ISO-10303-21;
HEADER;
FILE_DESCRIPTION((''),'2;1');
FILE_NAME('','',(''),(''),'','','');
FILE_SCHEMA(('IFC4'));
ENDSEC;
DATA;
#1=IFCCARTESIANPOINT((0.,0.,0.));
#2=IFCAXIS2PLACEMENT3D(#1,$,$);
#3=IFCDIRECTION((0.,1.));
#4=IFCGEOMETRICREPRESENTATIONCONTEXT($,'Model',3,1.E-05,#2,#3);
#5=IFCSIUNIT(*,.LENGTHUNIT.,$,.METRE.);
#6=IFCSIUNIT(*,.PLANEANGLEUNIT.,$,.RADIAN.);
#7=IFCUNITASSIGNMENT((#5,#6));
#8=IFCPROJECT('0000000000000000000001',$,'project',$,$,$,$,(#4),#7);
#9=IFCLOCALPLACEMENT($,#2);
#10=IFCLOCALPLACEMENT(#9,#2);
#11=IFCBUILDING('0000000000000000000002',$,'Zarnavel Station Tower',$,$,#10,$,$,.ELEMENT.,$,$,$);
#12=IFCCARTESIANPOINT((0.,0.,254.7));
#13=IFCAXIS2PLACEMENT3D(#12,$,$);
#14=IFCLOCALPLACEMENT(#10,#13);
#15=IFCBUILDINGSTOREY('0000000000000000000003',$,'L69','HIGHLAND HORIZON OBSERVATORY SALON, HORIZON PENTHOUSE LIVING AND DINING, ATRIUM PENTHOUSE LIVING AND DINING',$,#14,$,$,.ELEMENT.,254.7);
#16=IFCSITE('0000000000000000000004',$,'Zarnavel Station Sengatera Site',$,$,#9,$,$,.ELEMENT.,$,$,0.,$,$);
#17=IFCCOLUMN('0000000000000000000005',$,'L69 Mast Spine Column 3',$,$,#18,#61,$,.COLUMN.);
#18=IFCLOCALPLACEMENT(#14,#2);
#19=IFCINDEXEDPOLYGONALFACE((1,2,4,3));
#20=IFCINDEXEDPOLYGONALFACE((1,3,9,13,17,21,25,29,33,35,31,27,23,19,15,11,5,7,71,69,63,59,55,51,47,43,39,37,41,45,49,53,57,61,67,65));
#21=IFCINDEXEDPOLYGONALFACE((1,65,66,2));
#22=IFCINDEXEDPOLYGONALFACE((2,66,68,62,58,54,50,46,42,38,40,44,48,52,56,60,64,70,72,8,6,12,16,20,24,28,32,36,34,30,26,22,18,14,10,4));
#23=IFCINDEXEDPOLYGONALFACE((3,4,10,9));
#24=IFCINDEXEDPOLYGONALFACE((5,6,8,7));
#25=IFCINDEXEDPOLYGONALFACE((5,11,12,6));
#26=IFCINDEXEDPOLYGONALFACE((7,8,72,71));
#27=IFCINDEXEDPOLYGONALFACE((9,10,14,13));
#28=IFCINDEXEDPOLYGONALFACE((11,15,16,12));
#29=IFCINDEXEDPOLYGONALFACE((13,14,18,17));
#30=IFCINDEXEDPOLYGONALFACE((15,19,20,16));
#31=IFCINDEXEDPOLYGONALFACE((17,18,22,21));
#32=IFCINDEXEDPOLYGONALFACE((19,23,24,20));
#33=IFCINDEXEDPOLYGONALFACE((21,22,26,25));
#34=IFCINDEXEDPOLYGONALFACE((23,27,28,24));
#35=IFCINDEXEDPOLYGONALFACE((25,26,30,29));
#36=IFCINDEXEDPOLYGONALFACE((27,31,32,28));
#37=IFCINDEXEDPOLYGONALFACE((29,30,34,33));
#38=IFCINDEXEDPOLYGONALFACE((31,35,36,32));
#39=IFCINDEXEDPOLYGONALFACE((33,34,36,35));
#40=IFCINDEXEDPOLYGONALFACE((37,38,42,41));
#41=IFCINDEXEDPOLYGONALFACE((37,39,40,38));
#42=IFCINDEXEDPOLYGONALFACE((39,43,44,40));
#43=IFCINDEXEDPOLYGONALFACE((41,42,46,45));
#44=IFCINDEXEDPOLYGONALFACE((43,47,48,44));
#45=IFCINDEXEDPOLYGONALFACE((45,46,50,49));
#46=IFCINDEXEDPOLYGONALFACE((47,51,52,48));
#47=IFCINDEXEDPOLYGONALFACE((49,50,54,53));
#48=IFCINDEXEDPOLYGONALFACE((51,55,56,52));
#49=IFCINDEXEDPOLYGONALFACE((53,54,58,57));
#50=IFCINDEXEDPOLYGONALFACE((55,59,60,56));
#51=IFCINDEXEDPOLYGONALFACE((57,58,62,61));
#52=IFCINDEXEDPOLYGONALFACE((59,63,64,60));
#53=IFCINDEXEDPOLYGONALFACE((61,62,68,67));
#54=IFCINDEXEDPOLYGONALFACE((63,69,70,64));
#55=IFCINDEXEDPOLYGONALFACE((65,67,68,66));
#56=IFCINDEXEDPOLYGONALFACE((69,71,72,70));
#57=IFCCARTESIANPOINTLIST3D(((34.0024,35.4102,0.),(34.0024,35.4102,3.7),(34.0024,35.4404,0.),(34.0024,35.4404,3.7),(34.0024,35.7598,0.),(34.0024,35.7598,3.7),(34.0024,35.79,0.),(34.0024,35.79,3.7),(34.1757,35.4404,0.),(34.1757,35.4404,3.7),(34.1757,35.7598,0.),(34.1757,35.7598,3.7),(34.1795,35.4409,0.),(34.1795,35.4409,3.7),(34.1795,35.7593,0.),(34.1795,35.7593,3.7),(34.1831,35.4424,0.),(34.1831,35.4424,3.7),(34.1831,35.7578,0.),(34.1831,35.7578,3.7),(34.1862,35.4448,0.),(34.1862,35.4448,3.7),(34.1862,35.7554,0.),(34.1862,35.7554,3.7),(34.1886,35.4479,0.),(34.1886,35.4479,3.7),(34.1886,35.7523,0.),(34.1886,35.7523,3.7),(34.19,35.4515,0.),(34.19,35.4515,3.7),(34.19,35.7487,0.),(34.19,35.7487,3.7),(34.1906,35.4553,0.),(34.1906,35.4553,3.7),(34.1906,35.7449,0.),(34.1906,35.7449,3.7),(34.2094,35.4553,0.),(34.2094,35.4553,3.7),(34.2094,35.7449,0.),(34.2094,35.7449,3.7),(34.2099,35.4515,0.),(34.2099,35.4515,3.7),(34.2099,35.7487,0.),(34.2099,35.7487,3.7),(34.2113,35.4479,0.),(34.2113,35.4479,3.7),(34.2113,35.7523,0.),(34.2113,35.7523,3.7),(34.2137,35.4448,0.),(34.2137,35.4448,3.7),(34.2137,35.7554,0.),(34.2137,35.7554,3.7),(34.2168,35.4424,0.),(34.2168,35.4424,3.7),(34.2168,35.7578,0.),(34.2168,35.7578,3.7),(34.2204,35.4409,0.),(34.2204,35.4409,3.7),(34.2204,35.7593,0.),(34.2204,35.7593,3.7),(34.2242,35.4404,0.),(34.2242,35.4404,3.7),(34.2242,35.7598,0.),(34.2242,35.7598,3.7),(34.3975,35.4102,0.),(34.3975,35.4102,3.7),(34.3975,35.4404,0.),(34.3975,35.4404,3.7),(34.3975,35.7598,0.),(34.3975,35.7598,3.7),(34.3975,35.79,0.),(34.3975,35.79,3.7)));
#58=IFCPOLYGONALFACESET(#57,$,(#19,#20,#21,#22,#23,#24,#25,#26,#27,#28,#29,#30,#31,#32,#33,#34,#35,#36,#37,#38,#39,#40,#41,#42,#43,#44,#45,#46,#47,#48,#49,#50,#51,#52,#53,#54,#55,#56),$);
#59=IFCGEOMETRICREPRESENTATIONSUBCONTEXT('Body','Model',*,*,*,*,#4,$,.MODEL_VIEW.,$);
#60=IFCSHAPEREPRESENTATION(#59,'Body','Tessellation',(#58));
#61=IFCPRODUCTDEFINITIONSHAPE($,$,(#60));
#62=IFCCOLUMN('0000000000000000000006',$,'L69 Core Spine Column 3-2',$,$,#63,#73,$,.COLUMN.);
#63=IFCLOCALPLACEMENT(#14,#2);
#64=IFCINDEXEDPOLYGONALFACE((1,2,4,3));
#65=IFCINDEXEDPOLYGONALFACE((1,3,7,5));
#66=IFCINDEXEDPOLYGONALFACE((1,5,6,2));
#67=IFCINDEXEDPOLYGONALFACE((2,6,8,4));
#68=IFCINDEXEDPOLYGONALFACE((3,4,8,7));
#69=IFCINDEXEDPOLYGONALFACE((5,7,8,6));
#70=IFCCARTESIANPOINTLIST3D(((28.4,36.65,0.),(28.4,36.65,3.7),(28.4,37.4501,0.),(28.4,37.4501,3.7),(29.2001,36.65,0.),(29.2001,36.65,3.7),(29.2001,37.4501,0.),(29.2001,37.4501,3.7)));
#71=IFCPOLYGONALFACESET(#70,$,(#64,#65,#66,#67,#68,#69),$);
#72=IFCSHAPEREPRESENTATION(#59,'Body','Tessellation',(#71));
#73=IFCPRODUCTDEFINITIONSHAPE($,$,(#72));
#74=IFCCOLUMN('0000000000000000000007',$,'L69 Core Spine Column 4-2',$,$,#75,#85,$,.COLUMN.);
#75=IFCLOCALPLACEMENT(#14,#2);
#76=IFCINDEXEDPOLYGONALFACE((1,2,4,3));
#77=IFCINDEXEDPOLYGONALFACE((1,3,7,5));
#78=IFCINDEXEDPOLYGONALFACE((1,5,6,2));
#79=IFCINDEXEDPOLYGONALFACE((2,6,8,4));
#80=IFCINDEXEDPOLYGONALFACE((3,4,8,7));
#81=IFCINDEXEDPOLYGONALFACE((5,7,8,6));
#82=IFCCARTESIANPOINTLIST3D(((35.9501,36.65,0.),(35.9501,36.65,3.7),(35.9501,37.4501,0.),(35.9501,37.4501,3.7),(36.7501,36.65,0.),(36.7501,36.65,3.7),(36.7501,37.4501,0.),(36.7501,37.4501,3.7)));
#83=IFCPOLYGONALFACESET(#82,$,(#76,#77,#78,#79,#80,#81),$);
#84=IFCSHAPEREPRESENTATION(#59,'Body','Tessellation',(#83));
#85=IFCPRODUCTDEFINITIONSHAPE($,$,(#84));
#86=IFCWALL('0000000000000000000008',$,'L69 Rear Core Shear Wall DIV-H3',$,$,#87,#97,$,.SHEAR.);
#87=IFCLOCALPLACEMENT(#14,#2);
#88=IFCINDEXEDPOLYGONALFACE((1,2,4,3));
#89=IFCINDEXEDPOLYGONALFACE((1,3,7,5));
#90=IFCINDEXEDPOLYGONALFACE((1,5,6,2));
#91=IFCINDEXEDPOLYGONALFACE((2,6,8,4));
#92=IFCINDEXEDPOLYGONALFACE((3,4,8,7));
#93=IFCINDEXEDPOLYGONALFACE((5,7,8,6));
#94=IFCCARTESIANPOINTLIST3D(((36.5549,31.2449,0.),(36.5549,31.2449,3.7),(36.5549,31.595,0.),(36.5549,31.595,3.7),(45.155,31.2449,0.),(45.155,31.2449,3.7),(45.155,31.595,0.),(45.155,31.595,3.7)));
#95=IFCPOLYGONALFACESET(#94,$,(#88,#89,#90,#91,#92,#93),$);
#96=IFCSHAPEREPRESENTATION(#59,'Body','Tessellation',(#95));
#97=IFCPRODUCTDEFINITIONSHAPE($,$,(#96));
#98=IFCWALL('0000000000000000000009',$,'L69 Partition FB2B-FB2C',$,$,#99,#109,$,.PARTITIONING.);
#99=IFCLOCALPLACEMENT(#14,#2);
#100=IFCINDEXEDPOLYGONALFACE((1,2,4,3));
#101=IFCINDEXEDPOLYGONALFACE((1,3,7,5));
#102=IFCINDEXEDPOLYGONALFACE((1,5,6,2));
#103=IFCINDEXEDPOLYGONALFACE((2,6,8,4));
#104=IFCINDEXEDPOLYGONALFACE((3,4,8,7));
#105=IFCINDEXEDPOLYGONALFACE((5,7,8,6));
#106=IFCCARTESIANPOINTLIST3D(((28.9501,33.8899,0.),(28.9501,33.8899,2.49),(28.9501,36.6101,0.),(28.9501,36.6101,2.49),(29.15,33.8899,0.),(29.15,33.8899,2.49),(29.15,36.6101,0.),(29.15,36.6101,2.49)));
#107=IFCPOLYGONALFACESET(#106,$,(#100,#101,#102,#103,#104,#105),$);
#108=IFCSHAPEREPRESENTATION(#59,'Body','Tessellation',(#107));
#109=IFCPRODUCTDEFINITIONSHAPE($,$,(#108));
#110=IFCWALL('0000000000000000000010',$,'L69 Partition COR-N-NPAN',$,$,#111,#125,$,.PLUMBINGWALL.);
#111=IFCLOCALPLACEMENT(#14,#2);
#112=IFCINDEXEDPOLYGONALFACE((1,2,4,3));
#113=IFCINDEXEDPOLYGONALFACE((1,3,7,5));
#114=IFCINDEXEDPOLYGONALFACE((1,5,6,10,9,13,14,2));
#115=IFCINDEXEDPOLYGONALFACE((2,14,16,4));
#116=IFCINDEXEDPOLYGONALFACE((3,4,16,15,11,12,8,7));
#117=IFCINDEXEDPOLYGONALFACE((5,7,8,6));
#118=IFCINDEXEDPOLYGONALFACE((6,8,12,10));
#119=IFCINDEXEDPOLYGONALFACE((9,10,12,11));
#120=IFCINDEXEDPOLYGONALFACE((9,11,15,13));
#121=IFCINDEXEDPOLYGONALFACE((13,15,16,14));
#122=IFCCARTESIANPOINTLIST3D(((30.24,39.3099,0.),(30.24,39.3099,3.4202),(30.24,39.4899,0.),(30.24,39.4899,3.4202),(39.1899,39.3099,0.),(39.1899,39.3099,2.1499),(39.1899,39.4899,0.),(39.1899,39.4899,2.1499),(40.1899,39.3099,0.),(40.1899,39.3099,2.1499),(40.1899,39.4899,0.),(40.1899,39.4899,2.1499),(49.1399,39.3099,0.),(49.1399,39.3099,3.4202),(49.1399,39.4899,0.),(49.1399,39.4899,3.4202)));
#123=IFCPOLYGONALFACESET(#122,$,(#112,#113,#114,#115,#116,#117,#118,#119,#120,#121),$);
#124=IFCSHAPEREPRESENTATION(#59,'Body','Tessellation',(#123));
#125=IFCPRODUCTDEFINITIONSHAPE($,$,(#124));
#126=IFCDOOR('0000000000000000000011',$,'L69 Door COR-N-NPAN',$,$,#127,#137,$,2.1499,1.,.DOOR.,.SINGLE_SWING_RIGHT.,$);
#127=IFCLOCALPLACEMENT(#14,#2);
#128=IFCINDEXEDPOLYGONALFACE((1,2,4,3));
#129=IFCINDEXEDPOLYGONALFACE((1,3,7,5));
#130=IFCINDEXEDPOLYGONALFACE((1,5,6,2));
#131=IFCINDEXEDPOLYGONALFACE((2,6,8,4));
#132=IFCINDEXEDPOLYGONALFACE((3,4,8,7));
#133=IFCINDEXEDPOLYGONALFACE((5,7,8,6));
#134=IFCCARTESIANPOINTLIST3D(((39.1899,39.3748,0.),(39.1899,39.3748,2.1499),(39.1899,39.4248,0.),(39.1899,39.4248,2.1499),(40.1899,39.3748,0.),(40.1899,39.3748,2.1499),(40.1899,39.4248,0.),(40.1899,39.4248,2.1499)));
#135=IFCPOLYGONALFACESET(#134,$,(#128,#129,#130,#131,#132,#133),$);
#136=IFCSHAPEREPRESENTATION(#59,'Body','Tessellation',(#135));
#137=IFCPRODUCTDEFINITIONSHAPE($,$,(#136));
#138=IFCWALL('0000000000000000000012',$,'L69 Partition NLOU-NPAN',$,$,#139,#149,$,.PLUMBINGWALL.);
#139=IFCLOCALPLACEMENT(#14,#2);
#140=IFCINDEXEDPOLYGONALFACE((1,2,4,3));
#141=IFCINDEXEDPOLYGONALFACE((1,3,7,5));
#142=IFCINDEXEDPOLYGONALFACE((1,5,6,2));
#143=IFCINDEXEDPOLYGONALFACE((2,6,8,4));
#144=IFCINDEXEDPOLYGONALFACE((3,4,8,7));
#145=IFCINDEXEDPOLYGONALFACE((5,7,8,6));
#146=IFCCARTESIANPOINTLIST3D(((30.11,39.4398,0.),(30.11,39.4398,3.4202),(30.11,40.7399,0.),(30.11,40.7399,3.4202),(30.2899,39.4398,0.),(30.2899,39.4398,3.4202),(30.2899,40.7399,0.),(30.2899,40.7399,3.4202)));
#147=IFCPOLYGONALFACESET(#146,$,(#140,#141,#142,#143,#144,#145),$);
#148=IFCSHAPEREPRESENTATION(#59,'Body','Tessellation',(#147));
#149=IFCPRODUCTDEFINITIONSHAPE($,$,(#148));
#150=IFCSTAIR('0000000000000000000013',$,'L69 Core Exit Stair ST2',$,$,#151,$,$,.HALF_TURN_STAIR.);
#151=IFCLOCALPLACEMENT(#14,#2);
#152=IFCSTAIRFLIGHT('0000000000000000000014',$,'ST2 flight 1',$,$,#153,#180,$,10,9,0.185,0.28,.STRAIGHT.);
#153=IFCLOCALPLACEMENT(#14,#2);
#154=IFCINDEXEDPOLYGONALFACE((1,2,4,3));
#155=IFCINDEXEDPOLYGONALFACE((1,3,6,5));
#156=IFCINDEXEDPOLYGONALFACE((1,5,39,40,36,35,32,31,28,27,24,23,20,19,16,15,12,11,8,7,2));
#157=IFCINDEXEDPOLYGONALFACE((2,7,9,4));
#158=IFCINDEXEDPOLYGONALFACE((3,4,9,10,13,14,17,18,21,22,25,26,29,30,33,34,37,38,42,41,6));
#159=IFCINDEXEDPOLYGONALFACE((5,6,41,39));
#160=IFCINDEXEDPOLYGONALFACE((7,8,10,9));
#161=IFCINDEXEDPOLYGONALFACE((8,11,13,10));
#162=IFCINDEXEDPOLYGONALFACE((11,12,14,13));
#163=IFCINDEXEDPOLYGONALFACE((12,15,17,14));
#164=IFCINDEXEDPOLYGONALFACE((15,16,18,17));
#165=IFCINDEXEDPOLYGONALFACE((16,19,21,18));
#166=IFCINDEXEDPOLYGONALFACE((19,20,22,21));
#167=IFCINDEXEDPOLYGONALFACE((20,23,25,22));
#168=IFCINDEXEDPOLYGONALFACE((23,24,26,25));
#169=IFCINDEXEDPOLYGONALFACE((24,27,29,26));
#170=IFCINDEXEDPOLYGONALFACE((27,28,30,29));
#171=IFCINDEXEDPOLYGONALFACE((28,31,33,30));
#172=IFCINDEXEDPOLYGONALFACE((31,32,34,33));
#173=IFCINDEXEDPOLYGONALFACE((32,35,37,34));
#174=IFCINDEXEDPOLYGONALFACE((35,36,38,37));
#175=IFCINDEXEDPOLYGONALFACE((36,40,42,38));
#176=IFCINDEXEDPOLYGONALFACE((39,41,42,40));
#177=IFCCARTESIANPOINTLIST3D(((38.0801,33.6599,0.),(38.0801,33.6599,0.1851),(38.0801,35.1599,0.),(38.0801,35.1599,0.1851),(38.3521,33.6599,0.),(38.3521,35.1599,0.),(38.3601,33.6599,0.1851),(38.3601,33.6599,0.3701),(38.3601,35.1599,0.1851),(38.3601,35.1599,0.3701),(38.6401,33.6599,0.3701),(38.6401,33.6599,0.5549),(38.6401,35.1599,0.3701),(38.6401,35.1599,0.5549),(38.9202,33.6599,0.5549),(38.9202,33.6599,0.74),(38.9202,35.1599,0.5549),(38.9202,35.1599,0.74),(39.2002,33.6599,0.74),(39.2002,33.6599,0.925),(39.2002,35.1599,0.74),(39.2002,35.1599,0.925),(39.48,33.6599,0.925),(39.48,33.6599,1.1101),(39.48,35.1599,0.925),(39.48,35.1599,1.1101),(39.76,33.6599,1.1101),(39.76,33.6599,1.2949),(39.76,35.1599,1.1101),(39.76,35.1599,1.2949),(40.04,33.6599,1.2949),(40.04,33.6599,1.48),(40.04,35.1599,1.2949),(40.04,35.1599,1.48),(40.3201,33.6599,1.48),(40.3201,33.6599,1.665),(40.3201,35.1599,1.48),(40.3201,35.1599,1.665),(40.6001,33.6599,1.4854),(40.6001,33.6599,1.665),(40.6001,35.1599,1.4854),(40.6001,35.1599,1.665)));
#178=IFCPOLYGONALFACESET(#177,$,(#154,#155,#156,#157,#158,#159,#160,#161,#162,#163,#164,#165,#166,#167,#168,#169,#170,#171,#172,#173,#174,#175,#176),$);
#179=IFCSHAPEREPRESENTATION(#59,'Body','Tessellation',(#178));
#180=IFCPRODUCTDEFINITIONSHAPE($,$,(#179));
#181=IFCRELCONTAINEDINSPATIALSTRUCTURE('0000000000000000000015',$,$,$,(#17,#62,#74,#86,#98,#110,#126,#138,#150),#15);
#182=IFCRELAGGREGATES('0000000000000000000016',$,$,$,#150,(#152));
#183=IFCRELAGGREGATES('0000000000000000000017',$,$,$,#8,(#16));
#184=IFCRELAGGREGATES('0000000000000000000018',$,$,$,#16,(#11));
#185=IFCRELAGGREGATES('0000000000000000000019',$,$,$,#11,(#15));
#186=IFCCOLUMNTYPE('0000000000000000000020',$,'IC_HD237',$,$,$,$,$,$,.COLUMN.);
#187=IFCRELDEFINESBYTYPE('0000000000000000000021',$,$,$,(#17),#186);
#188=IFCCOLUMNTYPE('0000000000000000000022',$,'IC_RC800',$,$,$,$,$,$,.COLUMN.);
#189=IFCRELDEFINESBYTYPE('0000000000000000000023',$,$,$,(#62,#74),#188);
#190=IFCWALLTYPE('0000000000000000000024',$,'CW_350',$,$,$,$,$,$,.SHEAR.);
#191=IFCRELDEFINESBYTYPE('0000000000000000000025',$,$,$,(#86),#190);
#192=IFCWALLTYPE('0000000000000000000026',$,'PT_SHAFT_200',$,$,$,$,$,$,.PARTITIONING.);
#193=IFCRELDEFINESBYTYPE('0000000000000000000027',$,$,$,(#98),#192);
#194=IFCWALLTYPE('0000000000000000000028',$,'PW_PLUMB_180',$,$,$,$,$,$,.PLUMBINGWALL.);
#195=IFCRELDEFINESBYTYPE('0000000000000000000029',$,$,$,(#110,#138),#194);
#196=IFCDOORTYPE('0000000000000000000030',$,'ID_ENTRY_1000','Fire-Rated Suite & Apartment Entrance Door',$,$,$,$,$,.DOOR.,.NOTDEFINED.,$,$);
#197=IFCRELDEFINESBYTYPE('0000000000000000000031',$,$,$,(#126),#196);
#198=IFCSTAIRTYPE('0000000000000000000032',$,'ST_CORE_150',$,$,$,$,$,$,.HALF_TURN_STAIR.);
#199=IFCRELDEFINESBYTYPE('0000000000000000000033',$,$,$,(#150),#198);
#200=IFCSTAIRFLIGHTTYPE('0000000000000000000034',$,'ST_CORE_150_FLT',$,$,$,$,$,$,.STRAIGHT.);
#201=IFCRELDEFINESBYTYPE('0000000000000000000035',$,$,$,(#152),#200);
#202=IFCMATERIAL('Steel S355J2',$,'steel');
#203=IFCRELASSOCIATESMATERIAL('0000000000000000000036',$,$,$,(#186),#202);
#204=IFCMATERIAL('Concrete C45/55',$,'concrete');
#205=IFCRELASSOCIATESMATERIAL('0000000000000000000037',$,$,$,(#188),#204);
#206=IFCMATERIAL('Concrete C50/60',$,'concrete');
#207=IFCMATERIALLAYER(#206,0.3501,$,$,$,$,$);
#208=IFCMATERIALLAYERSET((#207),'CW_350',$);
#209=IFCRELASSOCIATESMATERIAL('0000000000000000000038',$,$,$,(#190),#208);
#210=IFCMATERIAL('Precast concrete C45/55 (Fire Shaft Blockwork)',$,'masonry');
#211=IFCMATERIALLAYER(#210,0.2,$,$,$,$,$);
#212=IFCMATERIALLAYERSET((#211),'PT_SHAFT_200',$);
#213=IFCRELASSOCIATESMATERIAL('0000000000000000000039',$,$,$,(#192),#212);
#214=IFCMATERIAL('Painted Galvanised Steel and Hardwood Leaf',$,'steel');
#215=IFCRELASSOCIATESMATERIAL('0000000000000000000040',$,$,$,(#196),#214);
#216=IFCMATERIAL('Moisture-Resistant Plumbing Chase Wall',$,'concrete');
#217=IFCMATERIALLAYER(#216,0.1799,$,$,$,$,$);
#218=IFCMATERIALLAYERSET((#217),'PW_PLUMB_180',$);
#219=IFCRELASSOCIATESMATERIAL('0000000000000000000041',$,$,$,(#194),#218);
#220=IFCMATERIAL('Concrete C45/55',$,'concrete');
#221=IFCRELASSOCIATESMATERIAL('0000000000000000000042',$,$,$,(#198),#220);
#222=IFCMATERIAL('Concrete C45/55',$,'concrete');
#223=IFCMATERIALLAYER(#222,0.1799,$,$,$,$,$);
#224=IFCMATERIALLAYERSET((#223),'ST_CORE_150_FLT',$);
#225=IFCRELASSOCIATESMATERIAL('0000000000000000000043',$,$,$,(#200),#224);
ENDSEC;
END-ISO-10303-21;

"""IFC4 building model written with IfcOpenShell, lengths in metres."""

from ifc_helpers import new_model, si_unit, direction, frame, frame_2d, origin, origin_2d, place, context, subcontext, project, spatial, polyline, rectangle, i_section, outline, extrude, material, layer, layer_set, material_profile, profile_set, type_object, element, fill, aggregate, save


model = new_model("IFC4")

# Units and contexts
model_context = context("Model", 3, precision=1e-05, world=origin(), true_north=direction((0.0, 1.0)))
body_context = subcontext(model_context, "Body", "Model", "MODEL_VIEW")
ifc_project = project(units=[si_unit("LENGTHUNIT", "METRE"), si_unit("PLANEANGLEUNIT", "RADIAN")], contexts=[model_context])

# Site, building, storey
site_placement = place(None, origin())
site = spatial("IfcSite", under=ifc_project, at=site_placement, Name="Zarnavel Station Sengatera Site", CompositionType="ELEMENT", RefElevation=0.0)
building_placement = place(site_placement, origin())
building = spatial("IfcBuilding", under=site, at=building_placement, Name="Zarnavel Station Tower", CompositionType="ELEMENT")
storey_placement = place(building_placement, frame((0.0, 0.0, 254.7)))
storey = spatial("IfcBuildingStorey", under=building, at=storey_placement, Name="L69", Description="HIGHLAND HORIZON OBSERVATORY SALON, HORIZON PENTHOUSE LIVING AND DINING, ATRIUM PENTHOUSE LIVING AND DINING", CompositionType="ELEMENT", Elevation=254.7)

# Columns
ifc_material_1 = material(Name="Steel S355J2", Category="steel")
ifc_material_profile_1 = material_profile(ifc_material_1, i_section(OverallWidth=0.395, OverallDepth=0.3799, WebThickness=0.0188, FlangeThickness=0.0303, FilletRadius=0.0149, at=origin_2d()), Name="HD400x237")
ifc_profile_set_1 = profile_set([ifc_material_profile_1], Name="Steel S355J2")
column_type_1 = type_object("IfcColumnType", Name="IC_HD237", PredefinedType="COLUMN", material=ifc_profile_set_1)
column_placement = place(storey_placement, frame((34.2, 35.6001, 0.0), z_axis=(0.0, 0.0, 1.0), x_axis=(1.0, 0.0, 0.0)))
element("IfcColumn", 1, at=column_placement, inside=storey, type_object=column_type_1, Name="L69 Mast Spine Column 3", PredefinedType="COLUMN", context=body_context, shape_type="SweptSolid", body=[
    extrude(i_section(OverallWidth=0.395, OverallDepth=0.3799, WebThickness=0.0188, FlangeThickness=0.0303, FilletRadius=0.0149, at=origin_2d()), origin(), (0.0, 0.0, 1.0), 3.7),
])
ifc_material_2 = material(Name="Concrete C45/55", Category="concrete")
ifc_material_profile_2 = material_profile(ifc_material_2, rectangle(XDim=0.8, YDim=0.8, at=origin_2d()), Name="RC800x800")
ifc_profile_set_2 = profile_set([ifc_material_profile_2], Name="Concrete C45/55")
column_type_2 = type_object("IfcColumnType", Name="IC_RC800", PredefinedType="COLUMN", material=ifc_profile_set_2)
for number, where, z_axis, x_axis, name in (
    (2, (28.8, 37.05, 0.0), (0.0, 0.0, 1.0), (1.0, 0.0, 0.0), "L69 Core Spine Column 3-2"),
    (3, (36.3501, 37.05, 0.0), (0.0, 0.0, 1.0), (1.0, 0.0, 0.0), "L69 Core Spine Column 4-2"),
):
    element("IfcColumn", number, at=place(storey_placement, frame(where, z_axis=z_axis, x_axis=x_axis)), inside=storey, type_object=column_type_2, Name=name, PredefinedType="COLUMN", context=body_context, shape_type="SweptSolid", body=[
        extrude(rectangle(XDim=0.8, YDim=0.8, at=origin_2d()), origin(), (0.0, 0.0, 1.0), 3.7),
    ])

# Wall
ifc_material_3 = material(Name="Concrete C50/60", Category="concrete")
ifc_layer_1 = layer(ifc_material_3, 0.3501)
ifc_layer_set_1 = layer_set([ifc_layer_1], Name="CW_350")
wall_type_1 = type_object("IfcWallType", Name="CW_350", PredefinedType="SHEAR", material=ifc_layer_set_1)
wall_1_placement = place(storey_placement, frame((36.5549, 31.4199, 0.0), z_axis=(0.0, 0.0, 1.0), x_axis=(1.0, 0.0, 0.0)))
element("IfcWall", 4, at=wall_1_placement, inside=storey, type_object=wall_type_1, Name="L69 Rear Core Shear Wall DIV-H3", PredefinedType="SHEAR", context=body_context, shape_type="SweptSolid", body=[
    extrude(rectangle(XDim=8.6001, YDim=0.3501, at=frame_2d((4.3, 0.0))), origin(), (0.0, 0.0, 1.0), 3.7),
])

# Shared definitions
ifc_material_4 = material(Name="Precast concrete C45/55 (Fire Shaft Blockwork)", Category="masonry")
ifc_layer_2 = layer(ifc_material_4, 0.2)
ifc_layer_set_2 = layer_set([ifc_layer_2], Name="PT_SHAFT_200")
wall_type_2 = type_object("IfcWallType", Name="PT_SHAFT_200", PredefinedType="PARTITIONING", material=ifc_layer_set_2)
ifc_material_5 = material(Name="Painted Galvanised Steel and Hardwood Leaf", Category="steel")
door_type_1 = type_object("IfcDoorType", Name="ID_ENTRY_1000", Description="Fire-Rated Suite & Apartment Entrance Door", OperationType="NOTDEFINED", PredefinedType="DOOR", material=ifc_material_5)

# Wall
wall_2_placement = place(storey_placement, frame((29.05, 33.8899, 0.0), z_axis=(0.0, 0.0, 1.0), x_axis=(0.0, 1.0, 0.0)))
element("IfcWall", 5, at=wall_2_placement, inside=storey, type_object=wall_type_2, Name="L69 Partition FB2B-FB2C", PredefinedType="PARTITIONING", context=body_context, shape_type="SweptSolid", body=[
    extrude(rectangle(XDim=2.7202, YDim=0.2, at=frame_2d((1.3601, 0.0))), origin(), (0.0, 0.0, 1.0), 2.49),
])

# Wall, opening, door
ifc_material_6 = material(Name="Moisture-Resistant Plumbing Chase Wall", Category="concrete")
ifc_layer_3 = layer(ifc_material_6, 0.1799)
ifc_layer_set_3 = layer_set([ifc_layer_3], Name="PW_PLUMB_180")
wall_type_3 = type_object("IfcWallType", Name="PW_PLUMB_180", PredefinedType="PLUMBINGWALL", material=ifc_layer_set_3)
wall_3_placement = place(storey_placement, frame((30.24, 39.3999, 0.0), z_axis=(0.0, 0.0, 1.0), x_axis=(1.0, 0.0, 0.0)))
wall_3 = element("IfcWall", 6, at=wall_3_placement, inside=storey, type_object=wall_type_3, Name="L69 Partition COR-N-NPAN", PredefinedType="PLUMBINGWALL", context=body_context, shape_type="SweptSolid", body=[
    extrude(rectangle(XDim=18.8999, YDim=0.1799, at=frame_2d((9.45, 0.0))), origin(), (0.0, 0.0, 1.0), 3.4202),
])
opening_1_placement = place(wall_3_placement, frame((8.95, 0.0, 0.0)))
opening_1 = element("IfcOpeningElement", 7, at=opening_1_placement, cuts=wall_3, PredefinedType="OPENING", context=body_context, shape_type="SweptSolid", body=[
    extrude(rectangle(XDim=1.0, YDim=2.1499, at=frame_2d((0.5, 1.075))), frame((0.0, 0.0999, 0.0), z_axis=(0.0, -1.0, 0.0), x_axis=(1.0, 0.0, 0.0)), (0.0, 0.0, 1.0), 0.2),
])
door_1_placement = place(opening_1_placement, origin())
door_1 = element("IfcDoor", 8, at=door_1_placement, inside=storey, type_object=door_type_1, Name="L69 Door COR-N-NPAN", OperationType="SINGLE_SWING_RIGHT", OverallHeight=2.1499, OverallWidth=1.0, PredefinedType="DOOR", context=body_context, shape_type="SweptSolid", body=[
    extrude(rectangle(XDim=1.0, YDim=2.1499, at=frame_2d((0.5, 1.075))), frame((0.0, 0.0249, 0.0), z_axis=(0.0, -1.0, 0.0), x_axis=(1.0, 0.0, 0.0)), (0.0, 0.0, 1.0), 0.05),
])
fill(opening_1, door_1)

# Wall
wall_4_placement = place(storey_placement, frame((30.2, 39.4399, 0.0), z_axis=(0.0, 0.0, 1.0), x_axis=(0.0, 1.0, 0.0)))
element("IfcWall", 9, at=wall_4_placement, inside=storey, type_object=wall_type_3, Name="L69 Partition NLOU-NPAN", PredefinedType="PLUMBINGWALL", context=body_context, shape_type="SweptSolid", body=[
    extrude(rectangle(XDim=1.3, YDim=0.1799, at=frame_2d((0.6499, 0.0))), origin(), (0.0, 0.0, 1.0), 3.4202),
])

# Stair, stair flight
ifc_material_7 = material(Name="Concrete C45/55", Category="concrete")
stair_type = type_object("IfcStairType", Name="ST_CORE_150", PredefinedType="HALF_TURN_STAIR", material=ifc_material_7)
stair_placement = place(storey_placement, origin())
stair = element("IfcStair", 10, at=stair_placement, inside=storey, type_object=stair_type, Name="L69 Core Exit Stair ST2", PredefinedType="HALF_TURN_STAIR")
ifc_material_8 = material(Name="Concrete C45/55", Category="concrete")
ifc_layer_4 = layer(ifc_material_8, 0.1799)
ifc_layer_set_4 = layer_set([ifc_layer_4], Name="ST_CORE_150_FLT")
stair_flight_type = type_object("IfcStairFlightType", Name="ST_CORE_150_FLT", PredefinedType="STRAIGHT", material=ifc_layer_set_4)
stair_flight_placement = place(storey_placement, frame((38.0801, 34.4099, 0.0), z_axis=(0.0, 0.0, 1.0), x_axis=(1.0, 0.0, 0.0)))
stair_flight = element("IfcStairFlight", 11, at=stair_flight_placement, type_object=stair_flight_type, Name="ST2 flight 1", NumberOfRisers=10, NumberOfTreads=9, PredefinedType="STRAIGHT", RiserHeight=0.185, TreadLength=0.28, context=body_context, shape_type="SweptSolid", body=[
    extrude(outline(polyline([(0.0, 0.0), (0.0, 0.1851), (0.28, 0.1851), (0.28, 0.3701), (0.5601, 0.3701), (0.5601, 0.5549), (0.8401, 0.5549), (0.8401, 0.74), (1.1201, 0.74), (1.1201, 0.925), (1.3999, 0.925), (1.3999, 1.1101), (1.6799, 1.1101), (1.6799, 1.2949), (1.96, 1.2949), (1.96, 1.48), (2.24, 1.48), (2.24, 1.665), (2.52, 1.665), (2.52, 1.8501), (2.52, 1.4854), (0.272, 0.0), (0.0, 0.0)])), frame((0.0, 0.75, 0.0), z_axis=(0.0, -1.0, 0.0), x_axis=(1.0, 0.0, 0.0)), (0.0, 0.0, 1.0), 1.5),
])
aggregate(stair, [stair_flight])

save(model, "model.ifc")
